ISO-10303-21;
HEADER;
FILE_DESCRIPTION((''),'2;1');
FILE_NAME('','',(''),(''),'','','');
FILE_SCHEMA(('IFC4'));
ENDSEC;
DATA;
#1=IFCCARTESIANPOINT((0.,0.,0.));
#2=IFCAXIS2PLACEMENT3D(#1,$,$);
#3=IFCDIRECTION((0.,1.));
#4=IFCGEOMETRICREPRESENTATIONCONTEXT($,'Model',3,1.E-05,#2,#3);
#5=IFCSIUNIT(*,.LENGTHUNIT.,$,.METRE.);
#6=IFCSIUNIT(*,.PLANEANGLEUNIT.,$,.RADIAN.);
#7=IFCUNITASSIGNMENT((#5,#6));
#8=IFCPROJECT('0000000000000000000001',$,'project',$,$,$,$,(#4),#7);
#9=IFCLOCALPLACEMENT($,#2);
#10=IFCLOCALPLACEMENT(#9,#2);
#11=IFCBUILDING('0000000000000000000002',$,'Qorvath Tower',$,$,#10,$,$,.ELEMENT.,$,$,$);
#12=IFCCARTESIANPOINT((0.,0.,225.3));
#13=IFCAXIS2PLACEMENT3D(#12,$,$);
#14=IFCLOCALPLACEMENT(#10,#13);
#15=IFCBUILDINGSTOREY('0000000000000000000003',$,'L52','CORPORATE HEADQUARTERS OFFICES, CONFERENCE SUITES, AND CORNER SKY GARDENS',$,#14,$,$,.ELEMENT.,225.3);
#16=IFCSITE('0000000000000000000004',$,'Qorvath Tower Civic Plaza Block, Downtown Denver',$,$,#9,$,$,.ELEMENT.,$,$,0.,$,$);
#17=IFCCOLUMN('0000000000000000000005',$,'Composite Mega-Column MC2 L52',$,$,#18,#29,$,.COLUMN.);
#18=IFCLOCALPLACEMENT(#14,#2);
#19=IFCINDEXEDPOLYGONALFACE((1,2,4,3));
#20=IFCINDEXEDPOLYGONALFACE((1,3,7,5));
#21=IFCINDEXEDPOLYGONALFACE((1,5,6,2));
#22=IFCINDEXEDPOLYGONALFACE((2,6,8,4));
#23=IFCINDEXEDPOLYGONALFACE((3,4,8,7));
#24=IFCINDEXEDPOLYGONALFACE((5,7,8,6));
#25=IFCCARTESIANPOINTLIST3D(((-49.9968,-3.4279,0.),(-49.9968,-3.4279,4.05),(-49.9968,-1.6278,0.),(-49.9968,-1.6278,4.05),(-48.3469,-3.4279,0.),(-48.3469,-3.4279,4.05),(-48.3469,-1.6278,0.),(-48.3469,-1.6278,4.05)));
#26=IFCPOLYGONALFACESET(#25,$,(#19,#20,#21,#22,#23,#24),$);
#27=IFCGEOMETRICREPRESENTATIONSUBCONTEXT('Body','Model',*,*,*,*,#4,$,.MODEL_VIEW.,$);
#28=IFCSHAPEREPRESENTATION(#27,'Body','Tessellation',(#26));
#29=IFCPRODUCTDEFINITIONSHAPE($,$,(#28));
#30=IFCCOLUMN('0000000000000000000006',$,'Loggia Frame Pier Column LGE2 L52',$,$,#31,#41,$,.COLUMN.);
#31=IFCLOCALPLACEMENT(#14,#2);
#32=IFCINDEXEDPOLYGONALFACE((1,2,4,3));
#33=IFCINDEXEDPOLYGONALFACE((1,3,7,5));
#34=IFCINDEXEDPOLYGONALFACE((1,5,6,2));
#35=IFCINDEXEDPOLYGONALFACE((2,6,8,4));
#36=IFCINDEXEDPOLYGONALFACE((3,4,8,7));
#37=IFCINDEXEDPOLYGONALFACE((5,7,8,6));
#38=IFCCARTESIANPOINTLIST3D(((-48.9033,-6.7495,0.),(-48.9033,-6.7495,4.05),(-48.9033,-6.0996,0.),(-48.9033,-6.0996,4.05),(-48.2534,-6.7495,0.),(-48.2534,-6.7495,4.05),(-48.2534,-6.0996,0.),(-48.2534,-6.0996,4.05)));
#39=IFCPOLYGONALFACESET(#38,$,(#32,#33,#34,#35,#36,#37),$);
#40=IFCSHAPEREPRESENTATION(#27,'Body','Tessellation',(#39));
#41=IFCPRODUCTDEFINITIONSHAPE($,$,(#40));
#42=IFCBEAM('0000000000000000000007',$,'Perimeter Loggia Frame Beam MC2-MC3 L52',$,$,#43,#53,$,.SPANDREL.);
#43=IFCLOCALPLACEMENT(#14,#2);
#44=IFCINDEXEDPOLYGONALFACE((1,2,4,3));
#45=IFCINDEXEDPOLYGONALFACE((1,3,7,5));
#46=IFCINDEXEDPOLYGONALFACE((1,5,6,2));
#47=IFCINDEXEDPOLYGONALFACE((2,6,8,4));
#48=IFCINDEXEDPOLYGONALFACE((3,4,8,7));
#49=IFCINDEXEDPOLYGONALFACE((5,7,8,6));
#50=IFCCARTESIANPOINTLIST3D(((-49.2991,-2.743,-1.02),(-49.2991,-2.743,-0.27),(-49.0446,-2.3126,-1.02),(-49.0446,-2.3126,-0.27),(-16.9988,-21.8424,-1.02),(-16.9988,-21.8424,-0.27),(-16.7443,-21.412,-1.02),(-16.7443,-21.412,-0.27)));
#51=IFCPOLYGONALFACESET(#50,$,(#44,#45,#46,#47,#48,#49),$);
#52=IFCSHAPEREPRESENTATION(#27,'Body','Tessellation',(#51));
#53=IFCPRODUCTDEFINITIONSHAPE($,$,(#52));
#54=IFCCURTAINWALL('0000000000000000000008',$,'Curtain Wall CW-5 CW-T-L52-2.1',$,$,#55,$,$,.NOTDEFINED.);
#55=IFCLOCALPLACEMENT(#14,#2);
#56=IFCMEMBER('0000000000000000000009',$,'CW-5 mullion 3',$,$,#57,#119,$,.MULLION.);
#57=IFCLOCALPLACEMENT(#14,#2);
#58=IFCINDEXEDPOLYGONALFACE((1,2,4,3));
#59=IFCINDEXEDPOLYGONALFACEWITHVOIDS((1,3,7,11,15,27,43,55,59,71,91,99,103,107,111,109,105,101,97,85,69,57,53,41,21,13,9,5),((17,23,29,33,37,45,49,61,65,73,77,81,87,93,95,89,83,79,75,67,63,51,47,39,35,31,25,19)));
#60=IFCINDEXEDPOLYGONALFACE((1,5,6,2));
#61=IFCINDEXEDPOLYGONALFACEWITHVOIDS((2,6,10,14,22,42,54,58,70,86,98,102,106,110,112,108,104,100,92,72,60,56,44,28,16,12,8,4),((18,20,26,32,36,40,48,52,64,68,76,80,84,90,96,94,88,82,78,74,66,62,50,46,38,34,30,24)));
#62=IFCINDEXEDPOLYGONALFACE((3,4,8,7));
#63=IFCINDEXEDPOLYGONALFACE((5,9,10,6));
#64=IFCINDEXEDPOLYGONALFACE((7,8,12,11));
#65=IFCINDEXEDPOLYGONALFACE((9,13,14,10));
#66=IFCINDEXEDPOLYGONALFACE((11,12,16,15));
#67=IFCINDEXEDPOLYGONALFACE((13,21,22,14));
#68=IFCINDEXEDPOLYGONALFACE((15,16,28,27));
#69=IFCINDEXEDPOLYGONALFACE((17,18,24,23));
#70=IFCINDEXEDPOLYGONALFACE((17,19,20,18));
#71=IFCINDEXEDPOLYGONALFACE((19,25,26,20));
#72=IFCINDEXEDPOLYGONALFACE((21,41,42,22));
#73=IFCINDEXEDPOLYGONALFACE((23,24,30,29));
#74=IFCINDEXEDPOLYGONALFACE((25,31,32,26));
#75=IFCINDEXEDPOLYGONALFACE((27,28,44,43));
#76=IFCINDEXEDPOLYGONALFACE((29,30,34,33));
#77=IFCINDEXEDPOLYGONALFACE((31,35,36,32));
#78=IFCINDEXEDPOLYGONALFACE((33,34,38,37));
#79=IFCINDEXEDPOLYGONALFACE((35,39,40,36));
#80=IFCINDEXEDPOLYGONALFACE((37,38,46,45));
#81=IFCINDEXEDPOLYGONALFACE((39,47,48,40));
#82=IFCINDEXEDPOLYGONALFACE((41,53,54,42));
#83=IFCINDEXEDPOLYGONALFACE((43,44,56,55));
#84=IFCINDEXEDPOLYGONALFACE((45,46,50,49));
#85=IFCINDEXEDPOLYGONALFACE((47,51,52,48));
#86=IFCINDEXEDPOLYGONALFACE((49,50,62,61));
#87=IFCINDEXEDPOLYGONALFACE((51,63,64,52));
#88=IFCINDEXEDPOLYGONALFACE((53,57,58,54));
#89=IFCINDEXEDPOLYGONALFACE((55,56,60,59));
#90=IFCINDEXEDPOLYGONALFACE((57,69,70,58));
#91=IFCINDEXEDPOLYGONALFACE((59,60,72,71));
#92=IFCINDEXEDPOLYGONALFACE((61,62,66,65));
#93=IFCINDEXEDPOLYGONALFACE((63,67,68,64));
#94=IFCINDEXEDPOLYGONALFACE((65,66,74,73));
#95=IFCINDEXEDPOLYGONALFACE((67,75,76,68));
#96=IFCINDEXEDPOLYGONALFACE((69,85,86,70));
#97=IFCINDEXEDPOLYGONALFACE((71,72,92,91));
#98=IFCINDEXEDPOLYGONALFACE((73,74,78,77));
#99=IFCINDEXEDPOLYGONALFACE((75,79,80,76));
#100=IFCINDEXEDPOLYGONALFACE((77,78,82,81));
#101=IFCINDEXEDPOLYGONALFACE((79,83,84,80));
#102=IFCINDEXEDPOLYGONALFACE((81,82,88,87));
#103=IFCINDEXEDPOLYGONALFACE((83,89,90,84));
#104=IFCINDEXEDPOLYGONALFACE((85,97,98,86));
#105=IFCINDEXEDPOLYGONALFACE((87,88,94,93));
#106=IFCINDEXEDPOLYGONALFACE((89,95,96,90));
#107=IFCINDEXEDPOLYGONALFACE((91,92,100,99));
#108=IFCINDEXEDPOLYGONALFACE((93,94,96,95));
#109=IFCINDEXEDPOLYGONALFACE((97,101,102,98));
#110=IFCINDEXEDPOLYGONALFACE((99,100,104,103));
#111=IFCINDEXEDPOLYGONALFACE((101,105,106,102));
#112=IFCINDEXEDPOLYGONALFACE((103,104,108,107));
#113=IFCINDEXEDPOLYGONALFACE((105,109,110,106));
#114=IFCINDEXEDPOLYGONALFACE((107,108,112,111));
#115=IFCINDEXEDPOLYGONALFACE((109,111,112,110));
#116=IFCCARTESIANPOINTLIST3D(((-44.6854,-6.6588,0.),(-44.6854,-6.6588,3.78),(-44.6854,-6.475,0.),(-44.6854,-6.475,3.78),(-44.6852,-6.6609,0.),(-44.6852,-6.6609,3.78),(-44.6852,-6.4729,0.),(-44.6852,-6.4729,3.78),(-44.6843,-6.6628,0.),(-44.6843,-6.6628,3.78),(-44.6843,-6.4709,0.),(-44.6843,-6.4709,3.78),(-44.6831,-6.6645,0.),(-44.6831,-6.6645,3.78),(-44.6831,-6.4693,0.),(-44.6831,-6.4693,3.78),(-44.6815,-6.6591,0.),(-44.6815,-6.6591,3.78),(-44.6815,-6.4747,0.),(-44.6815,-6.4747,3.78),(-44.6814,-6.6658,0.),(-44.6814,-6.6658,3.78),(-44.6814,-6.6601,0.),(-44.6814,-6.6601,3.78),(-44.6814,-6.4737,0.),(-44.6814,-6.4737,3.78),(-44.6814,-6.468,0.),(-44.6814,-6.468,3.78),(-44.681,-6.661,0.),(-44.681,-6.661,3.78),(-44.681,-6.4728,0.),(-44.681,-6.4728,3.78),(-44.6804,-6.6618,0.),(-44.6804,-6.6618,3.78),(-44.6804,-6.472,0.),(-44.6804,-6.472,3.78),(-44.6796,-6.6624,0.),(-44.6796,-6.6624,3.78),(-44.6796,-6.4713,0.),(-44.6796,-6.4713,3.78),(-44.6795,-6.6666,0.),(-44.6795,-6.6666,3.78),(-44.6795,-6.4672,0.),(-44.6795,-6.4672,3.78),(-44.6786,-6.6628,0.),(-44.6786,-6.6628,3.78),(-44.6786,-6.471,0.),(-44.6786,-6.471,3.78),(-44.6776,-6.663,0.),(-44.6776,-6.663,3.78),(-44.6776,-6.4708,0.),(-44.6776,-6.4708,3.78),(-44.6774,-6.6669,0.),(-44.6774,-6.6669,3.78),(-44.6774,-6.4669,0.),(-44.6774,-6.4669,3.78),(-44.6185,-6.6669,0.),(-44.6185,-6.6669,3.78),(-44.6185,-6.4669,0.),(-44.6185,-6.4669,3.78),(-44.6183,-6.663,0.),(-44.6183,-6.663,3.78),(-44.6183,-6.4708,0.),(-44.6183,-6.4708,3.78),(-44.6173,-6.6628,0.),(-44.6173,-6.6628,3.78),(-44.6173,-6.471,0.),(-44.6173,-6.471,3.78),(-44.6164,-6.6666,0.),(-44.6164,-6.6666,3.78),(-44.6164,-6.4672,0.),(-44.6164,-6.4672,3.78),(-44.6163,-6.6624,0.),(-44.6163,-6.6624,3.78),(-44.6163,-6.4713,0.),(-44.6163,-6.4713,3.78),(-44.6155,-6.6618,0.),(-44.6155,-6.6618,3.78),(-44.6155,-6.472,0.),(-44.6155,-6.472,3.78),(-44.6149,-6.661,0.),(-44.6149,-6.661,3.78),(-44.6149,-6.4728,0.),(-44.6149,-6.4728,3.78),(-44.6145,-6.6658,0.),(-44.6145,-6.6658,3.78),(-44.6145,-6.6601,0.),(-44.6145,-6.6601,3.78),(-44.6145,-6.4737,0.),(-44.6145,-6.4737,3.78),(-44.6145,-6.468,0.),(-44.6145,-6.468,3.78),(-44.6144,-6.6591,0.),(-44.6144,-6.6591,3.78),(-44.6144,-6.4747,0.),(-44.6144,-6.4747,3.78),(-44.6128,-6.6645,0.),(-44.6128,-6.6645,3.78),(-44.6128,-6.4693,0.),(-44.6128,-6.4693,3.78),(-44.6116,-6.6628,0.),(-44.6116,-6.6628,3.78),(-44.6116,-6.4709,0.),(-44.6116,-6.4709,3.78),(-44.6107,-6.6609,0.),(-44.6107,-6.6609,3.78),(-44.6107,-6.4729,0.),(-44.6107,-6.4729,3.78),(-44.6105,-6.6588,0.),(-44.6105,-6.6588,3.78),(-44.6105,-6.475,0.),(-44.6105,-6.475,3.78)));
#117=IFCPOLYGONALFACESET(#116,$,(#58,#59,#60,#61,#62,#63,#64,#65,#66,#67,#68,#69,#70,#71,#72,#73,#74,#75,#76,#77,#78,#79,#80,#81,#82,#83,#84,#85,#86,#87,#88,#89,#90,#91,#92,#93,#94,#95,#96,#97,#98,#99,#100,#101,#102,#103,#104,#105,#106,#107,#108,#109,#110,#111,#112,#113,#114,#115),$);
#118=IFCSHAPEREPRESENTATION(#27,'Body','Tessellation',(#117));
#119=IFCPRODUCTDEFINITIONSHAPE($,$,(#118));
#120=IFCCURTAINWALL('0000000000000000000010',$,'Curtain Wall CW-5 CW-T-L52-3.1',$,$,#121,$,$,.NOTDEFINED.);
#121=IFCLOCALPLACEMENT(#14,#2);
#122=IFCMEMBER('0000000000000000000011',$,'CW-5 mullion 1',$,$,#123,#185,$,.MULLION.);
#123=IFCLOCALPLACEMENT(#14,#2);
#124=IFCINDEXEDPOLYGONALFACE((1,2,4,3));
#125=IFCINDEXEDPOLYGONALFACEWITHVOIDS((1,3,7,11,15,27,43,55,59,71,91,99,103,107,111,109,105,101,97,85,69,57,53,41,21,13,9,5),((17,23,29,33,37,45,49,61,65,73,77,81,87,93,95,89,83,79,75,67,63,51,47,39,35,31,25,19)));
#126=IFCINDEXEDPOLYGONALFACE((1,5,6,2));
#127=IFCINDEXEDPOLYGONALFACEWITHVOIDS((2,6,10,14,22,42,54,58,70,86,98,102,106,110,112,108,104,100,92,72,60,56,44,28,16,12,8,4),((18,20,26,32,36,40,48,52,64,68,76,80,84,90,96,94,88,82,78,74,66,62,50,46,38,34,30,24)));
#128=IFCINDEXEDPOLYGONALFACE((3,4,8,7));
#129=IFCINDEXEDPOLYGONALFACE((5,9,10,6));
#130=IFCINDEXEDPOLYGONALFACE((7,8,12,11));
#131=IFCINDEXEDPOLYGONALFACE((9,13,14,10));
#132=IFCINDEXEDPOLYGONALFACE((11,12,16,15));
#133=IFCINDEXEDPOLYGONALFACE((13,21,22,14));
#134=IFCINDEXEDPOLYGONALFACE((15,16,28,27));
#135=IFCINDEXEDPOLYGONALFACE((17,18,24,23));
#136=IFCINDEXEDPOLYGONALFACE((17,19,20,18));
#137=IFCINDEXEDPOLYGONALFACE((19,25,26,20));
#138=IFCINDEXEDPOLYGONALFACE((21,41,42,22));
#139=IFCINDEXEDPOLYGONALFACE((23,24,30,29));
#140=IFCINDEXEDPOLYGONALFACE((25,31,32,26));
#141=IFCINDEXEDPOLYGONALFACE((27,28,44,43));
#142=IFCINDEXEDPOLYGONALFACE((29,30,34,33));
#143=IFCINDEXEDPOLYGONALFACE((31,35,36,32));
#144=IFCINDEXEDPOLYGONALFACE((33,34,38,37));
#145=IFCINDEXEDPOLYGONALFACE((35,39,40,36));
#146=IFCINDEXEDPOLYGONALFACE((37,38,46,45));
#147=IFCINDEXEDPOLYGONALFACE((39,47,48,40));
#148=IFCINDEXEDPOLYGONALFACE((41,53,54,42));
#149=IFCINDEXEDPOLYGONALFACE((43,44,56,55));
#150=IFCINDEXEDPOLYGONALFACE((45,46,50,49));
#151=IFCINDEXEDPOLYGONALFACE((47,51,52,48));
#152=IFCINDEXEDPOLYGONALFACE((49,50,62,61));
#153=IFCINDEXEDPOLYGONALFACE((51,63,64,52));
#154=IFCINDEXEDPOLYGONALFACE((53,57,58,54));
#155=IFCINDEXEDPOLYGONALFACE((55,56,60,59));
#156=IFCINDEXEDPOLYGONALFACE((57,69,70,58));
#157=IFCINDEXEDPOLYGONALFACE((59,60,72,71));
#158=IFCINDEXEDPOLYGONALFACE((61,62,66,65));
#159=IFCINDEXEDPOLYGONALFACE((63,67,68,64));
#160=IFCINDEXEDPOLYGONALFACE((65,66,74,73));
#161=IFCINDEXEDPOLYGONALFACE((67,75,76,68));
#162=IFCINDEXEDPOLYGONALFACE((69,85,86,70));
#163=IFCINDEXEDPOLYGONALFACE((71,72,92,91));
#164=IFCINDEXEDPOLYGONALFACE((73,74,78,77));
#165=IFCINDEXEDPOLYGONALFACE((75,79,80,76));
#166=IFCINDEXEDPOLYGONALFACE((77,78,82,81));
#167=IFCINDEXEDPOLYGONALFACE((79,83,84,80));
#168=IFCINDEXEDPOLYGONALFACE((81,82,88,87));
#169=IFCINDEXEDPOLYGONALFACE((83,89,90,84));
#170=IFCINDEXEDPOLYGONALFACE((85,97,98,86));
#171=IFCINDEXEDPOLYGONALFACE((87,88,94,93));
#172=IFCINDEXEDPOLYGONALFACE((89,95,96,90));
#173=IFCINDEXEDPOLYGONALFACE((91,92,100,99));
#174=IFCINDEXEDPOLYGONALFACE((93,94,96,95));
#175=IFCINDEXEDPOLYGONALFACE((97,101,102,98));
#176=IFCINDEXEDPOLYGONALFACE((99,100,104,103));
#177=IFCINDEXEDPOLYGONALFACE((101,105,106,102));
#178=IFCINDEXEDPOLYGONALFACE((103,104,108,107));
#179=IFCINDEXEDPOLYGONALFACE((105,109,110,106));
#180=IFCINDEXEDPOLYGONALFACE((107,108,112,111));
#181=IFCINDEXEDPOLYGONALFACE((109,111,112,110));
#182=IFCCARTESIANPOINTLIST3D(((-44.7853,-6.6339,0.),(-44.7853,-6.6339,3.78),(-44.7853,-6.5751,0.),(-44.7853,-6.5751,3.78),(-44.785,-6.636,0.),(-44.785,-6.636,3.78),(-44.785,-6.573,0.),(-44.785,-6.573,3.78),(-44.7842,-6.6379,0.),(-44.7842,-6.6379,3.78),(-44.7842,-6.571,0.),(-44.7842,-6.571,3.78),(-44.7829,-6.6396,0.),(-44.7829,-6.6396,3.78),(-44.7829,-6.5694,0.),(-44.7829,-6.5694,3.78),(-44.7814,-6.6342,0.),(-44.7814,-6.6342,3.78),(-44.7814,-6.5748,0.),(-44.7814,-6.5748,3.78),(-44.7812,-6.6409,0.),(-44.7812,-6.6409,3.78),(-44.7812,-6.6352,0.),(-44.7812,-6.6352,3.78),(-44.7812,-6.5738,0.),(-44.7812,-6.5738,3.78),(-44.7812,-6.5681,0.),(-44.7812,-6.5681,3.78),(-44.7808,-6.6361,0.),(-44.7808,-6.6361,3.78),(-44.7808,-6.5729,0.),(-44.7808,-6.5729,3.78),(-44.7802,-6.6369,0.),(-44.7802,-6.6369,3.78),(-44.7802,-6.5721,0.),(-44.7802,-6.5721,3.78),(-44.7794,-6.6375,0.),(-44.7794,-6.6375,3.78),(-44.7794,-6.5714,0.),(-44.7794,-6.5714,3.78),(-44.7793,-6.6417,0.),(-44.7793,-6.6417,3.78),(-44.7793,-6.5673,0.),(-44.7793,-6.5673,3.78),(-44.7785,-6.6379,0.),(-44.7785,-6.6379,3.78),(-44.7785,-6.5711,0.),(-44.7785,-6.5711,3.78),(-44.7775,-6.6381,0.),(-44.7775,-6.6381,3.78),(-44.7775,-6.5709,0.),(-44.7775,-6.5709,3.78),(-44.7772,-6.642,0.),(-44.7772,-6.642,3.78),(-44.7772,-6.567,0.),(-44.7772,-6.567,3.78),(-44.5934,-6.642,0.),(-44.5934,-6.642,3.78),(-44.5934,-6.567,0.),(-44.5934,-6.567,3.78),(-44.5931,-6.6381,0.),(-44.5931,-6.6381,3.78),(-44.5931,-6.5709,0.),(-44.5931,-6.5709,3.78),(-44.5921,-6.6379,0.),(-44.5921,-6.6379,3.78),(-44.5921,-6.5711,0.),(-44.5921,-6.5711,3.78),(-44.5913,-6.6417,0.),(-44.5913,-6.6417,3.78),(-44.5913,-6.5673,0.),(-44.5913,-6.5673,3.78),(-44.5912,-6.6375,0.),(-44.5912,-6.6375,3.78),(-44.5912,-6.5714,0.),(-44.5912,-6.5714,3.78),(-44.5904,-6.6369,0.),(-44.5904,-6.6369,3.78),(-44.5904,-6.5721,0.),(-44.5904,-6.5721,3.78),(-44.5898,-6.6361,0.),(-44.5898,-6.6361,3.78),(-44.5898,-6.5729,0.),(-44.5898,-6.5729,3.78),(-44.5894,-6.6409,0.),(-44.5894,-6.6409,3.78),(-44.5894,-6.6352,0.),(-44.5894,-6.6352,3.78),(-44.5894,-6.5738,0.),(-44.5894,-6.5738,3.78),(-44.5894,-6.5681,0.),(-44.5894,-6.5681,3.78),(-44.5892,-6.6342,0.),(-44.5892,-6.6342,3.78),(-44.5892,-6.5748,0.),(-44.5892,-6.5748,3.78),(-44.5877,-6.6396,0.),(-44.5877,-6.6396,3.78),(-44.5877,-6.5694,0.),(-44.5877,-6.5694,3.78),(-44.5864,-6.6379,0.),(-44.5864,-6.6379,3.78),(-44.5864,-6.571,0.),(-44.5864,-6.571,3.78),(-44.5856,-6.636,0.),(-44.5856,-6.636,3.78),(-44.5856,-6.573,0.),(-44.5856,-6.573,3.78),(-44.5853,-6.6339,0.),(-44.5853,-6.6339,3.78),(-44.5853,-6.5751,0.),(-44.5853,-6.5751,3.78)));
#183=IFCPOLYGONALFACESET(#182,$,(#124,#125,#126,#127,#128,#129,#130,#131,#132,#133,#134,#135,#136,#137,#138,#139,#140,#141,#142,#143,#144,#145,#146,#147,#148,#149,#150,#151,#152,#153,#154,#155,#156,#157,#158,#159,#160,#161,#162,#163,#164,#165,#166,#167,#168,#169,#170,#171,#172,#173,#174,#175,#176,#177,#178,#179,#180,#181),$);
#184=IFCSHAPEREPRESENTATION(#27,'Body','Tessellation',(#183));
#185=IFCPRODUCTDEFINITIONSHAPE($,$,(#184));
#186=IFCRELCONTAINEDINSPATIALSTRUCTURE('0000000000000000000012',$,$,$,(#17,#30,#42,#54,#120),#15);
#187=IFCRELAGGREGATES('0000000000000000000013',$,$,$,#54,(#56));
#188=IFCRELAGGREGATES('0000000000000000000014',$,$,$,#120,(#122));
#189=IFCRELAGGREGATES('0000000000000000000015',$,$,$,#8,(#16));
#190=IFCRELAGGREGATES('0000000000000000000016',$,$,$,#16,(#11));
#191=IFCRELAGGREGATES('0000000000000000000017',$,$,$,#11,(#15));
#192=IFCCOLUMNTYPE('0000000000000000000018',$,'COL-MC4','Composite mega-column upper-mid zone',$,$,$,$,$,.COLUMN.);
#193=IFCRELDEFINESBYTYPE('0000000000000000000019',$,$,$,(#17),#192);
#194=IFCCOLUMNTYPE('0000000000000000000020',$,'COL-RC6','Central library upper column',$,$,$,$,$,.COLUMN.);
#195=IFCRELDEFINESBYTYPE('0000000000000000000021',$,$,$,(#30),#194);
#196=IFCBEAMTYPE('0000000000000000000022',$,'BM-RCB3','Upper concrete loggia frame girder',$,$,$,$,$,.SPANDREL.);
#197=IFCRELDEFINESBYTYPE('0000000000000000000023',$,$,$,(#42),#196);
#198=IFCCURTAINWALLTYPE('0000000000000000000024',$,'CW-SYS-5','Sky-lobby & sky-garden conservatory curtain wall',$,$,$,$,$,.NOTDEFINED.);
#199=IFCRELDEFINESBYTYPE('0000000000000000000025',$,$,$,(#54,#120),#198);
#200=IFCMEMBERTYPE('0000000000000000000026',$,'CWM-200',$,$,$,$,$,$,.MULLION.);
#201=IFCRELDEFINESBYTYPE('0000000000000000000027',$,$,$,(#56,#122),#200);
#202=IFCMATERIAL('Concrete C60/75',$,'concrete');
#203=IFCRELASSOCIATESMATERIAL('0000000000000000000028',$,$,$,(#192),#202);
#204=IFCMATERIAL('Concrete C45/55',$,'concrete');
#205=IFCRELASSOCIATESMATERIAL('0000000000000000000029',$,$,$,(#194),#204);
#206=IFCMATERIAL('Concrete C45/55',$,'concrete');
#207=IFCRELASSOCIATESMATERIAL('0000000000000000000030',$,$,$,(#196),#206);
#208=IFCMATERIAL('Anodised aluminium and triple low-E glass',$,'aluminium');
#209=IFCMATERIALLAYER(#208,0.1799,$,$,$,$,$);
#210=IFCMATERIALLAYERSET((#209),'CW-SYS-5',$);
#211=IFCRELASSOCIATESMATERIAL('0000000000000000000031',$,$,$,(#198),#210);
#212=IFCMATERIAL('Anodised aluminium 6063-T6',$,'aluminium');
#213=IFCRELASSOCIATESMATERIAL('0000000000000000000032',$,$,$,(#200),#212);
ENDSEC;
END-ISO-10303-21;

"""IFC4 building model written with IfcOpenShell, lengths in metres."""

from ifc_helpers import new_model, si_unit, direction, frame, origin, origin_2d, place, context, subcontext, project, spatial, rectangle, hollow_rectangle, extrude, material, layer, layer_set, material_profile, profile_set, type_object, element, aggregate, save


model = new_model("IFC4")

# Units and contexts
model_context = context("Model", 3, precision=1e-05, world=origin(), true_north=direction((0.0, 1.0)))
body_context = subcontext(model_context, "Body", "Model", "MODEL_VIEW")
ifc_project = project(units=[si_unit("LENGTHUNIT", "METRE"), si_unit("PLANEANGLEUNIT", "RADIAN")], contexts=[model_context])

# Site, building, storey
site_placement = place(None, origin())
site = spatial("IfcSite", under=ifc_project, at=site_placement, Name="Qorvath Tower Civic Plaza Block, Downtown Denver", CompositionType="ELEMENT", RefElevation=0.0)
building_placement = place(site_placement, origin())
building = spatial("IfcBuilding", under=site, at=building_placement, Name="Qorvath Tower", CompositionType="ELEMENT")
storey_placement = place(building_placement, frame((0.0, 0.0, 225.3)))
storey = spatial("IfcBuildingStorey", under=building, at=storey_placement, Name="L52", Description="CORPORATE HEADQUARTERS OFFICES, CONFERENCE SUITES, AND CORNER SKY GARDENS", CompositionType="ELEMENT", Elevation=225.3)

# Columns
ifc_material_1 = material(Name="Concrete C60/75", Category="concrete")
ifc_material_profile_1 = material_profile(ifc_material_1, rectangle(XDim=1.6499, YDim=1.8, at=origin_2d()), Name="MC 1800x1650")
ifc_profile_set_1 = profile_set([ifc_material_profile_1], Name="Concrete C60/75")
column_type_1 = type_object("IfcColumnType", Name="COL-MC4", Description="Composite mega-column upper-mid zone", PredefinedType="COLUMN", material=ifc_profile_set_1)
column_1_placement = place(storey_placement, frame((-49.1719, -2.5278, 0.0), z_axis=(0.0, 0.0, 1.0), x_axis=(1.0, 0.0, 0.0)))
element("IfcColumn", 1, at=column_1_placement, inside=storey, type_object=column_type_1, Name="Composite Mega-Column MC2 L52", PredefinedType="COLUMN", context=body_context, shape_type="SweptSolid", body=[
    extrude(rectangle(XDim=1.6499, YDim=1.8, at=origin_2d()), origin(), (0.0, 0.0, 1.0), 4.05),
])
ifc_material_2 = material(Name="Concrete C45/55", Category="concrete")
ifc_material_profile_2 = material_profile(ifc_material_2, rectangle(XDim=0.6499, YDim=0.6499, at=origin_2d()), Name="RC 650x650")
ifc_profile_set_2 = profile_set([ifc_material_profile_2], Name="Concrete C45/55")
column_type_2 = type_object("IfcColumnType", Name="COL-RC6", Description="Central library upper column", PredefinedType="COLUMN", material=ifc_profile_set_2)
column_2_placement = place(storey_placement, frame((-48.5784, -6.4246, 0.0), z_axis=(0.0, 0.0, 1.0), x_axis=(1.0, 0.0, 0.0)))
element("IfcColumn", 2, at=column_2_placement, inside=storey, type_object=column_type_2, Name="Loggia Frame Pier Column LGE2 L52", PredefinedType="COLUMN", context=body_context, shape_type="SweptSolid", body=[
    extrude(rectangle(XDim=0.6499, YDim=0.6499, at=origin_2d()), origin(), (0.0, 0.0, 1.0), 4.05),
])

# Beam
ifc_material_3 = material(Name="Concrete C45/55", Category="concrete")
ifc_material_profile_3 = material_profile(ifc_material_3, rectangle(XDim=0.5, YDim=0.75, at=origin_2d()), Name="RCB 750x500")
ifc_profile_set_3 = profile_set([ifc_material_profile_3], Name="Concrete C45/55")
beam_type = type_object("IfcBeamType", Name="BM-RCB3", Description="Upper concrete loggia frame girder", PredefinedType="SPANDREL", material=ifc_profile_set_3)
beam_placement = place(storey_placement, frame((-49.1719, -2.5278, -0.645), z_axis=(0.860777, -0.508983, 0.0), x_axis=(0.508983, 0.860777, 0.0)))
element("IfcBeam", 3, at=beam_placement, inside=storey, type_object=beam_type, Name="Perimeter Loggia Frame Beam MC2-MC3 L52", PredefinedType="SPANDREL", context=body_context, shape_type="SweptSolid", body=[
    extrude(rectangle(XDim=0.5, YDim=0.75, at=origin_2d()), origin(), (0.0, 0.0, 1.0), 37.5247),
])

# Curtain wall, member
ifc_material_4 = material(Name="Anodised aluminium and triple low-E glass", Category="aluminium")
ifc_layer_1 = layer(ifc_material_4, 0.1799)
ifc_layer_set_1 = layer_set([ifc_layer_1], Name="CW-SYS-5")
curtain_wall_type = type_object("IfcCurtainWallType", Name="CW-SYS-5", Description="Sky-lobby & sky-garden conservatory curtain wall", PredefinedType="NOTDEFINED", material=ifc_layer_set_1)
curtain_wall_1_placement = place(storey_placement, origin())
curtain_wall_1 = element("IfcCurtainWall", 4, at=curtain_wall_1_placement, inside=storey, type_object=curtain_wall_type, Name="Curtain Wall CW-5 CW-T-L52-2.1", PredefinedType="NOTDEFINED")
ifc_material_5 = material(Name="Anodised aluminium 6063-T6", Category="aluminium")
ifc_material_profile_4 = material_profile(ifc_material_5, hollow_rectangle(XDim=0.075, YDim=0.2, WallThickness=0.0039, InnerFilletRadius=0.0039, OuterFilletRadius=0.0081, at=origin_2d()), Name="CWM 200x75")
ifc_profile_set_4 = profile_set([ifc_material_profile_4], Name="Anodised aluminium 6063-T6")
member_type_1 = type_object("IfcMemberType", Name="CWM-200", PredefinedType="MULLION", material=ifc_profile_set_4)
member_1_placement = place(storey_placement, frame((-44.6479, -6.5669, 0.0), z_axis=(0.0, 0.0, 1.0), x_axis=(1.0, 0.0, 0.0)))
member_1 = element("IfcMember", 5, at=member_1_placement, type_object=member_type_1, Name="CW-5 mullion 3", PredefinedType="MULLION", context=body_context, shape_type="SweptSolid", body=[
    extrude(hollow_rectangle(XDim=0.075, YDim=0.2, WallThickness=0.0039, InnerFilletRadius=0.0039, OuterFilletRadius=0.0081, at=origin_2d()), origin(), (0.0, 0.0, 1.0), 3.78),
])

# Curtain wall, member
curtain_wall_2_placement = place(storey_placement, origin())
curtain_wall_2 = element("IfcCurtainWall", 6, at=curtain_wall_2_placement, inside=storey, type_object=curtain_wall_type, Name="Curtain Wall CW-5 CW-T-L52-3.1", PredefinedType="NOTDEFINED")
member_2_placement = place(storey_placement, frame((-44.6853, -6.6045, 0.0), z_axis=(0.0, 0.0, 1.0), x_axis=(0.0, -1.0, 0.0)))
member_2 = element("IfcMember", 7, at=member_2_placement, type_object=member_type_1, Name="CW-5 mullion 1", PredefinedType="MULLION", context=body_context, shape_type="SweptSolid", body=[
    extrude(hollow_rectangle(XDim=0.075, YDim=0.2, WallThickness=0.0039, InnerFilletRadius=0.0039, OuterFilletRadius=0.0081, at=origin_2d()), origin(), (0.0, 0.0, 1.0), 3.78),
])

aggregate(curtain_wall_1, [member_1])
aggregate(curtain_wall_2, [member_2])

save(model, "model.ifc")
